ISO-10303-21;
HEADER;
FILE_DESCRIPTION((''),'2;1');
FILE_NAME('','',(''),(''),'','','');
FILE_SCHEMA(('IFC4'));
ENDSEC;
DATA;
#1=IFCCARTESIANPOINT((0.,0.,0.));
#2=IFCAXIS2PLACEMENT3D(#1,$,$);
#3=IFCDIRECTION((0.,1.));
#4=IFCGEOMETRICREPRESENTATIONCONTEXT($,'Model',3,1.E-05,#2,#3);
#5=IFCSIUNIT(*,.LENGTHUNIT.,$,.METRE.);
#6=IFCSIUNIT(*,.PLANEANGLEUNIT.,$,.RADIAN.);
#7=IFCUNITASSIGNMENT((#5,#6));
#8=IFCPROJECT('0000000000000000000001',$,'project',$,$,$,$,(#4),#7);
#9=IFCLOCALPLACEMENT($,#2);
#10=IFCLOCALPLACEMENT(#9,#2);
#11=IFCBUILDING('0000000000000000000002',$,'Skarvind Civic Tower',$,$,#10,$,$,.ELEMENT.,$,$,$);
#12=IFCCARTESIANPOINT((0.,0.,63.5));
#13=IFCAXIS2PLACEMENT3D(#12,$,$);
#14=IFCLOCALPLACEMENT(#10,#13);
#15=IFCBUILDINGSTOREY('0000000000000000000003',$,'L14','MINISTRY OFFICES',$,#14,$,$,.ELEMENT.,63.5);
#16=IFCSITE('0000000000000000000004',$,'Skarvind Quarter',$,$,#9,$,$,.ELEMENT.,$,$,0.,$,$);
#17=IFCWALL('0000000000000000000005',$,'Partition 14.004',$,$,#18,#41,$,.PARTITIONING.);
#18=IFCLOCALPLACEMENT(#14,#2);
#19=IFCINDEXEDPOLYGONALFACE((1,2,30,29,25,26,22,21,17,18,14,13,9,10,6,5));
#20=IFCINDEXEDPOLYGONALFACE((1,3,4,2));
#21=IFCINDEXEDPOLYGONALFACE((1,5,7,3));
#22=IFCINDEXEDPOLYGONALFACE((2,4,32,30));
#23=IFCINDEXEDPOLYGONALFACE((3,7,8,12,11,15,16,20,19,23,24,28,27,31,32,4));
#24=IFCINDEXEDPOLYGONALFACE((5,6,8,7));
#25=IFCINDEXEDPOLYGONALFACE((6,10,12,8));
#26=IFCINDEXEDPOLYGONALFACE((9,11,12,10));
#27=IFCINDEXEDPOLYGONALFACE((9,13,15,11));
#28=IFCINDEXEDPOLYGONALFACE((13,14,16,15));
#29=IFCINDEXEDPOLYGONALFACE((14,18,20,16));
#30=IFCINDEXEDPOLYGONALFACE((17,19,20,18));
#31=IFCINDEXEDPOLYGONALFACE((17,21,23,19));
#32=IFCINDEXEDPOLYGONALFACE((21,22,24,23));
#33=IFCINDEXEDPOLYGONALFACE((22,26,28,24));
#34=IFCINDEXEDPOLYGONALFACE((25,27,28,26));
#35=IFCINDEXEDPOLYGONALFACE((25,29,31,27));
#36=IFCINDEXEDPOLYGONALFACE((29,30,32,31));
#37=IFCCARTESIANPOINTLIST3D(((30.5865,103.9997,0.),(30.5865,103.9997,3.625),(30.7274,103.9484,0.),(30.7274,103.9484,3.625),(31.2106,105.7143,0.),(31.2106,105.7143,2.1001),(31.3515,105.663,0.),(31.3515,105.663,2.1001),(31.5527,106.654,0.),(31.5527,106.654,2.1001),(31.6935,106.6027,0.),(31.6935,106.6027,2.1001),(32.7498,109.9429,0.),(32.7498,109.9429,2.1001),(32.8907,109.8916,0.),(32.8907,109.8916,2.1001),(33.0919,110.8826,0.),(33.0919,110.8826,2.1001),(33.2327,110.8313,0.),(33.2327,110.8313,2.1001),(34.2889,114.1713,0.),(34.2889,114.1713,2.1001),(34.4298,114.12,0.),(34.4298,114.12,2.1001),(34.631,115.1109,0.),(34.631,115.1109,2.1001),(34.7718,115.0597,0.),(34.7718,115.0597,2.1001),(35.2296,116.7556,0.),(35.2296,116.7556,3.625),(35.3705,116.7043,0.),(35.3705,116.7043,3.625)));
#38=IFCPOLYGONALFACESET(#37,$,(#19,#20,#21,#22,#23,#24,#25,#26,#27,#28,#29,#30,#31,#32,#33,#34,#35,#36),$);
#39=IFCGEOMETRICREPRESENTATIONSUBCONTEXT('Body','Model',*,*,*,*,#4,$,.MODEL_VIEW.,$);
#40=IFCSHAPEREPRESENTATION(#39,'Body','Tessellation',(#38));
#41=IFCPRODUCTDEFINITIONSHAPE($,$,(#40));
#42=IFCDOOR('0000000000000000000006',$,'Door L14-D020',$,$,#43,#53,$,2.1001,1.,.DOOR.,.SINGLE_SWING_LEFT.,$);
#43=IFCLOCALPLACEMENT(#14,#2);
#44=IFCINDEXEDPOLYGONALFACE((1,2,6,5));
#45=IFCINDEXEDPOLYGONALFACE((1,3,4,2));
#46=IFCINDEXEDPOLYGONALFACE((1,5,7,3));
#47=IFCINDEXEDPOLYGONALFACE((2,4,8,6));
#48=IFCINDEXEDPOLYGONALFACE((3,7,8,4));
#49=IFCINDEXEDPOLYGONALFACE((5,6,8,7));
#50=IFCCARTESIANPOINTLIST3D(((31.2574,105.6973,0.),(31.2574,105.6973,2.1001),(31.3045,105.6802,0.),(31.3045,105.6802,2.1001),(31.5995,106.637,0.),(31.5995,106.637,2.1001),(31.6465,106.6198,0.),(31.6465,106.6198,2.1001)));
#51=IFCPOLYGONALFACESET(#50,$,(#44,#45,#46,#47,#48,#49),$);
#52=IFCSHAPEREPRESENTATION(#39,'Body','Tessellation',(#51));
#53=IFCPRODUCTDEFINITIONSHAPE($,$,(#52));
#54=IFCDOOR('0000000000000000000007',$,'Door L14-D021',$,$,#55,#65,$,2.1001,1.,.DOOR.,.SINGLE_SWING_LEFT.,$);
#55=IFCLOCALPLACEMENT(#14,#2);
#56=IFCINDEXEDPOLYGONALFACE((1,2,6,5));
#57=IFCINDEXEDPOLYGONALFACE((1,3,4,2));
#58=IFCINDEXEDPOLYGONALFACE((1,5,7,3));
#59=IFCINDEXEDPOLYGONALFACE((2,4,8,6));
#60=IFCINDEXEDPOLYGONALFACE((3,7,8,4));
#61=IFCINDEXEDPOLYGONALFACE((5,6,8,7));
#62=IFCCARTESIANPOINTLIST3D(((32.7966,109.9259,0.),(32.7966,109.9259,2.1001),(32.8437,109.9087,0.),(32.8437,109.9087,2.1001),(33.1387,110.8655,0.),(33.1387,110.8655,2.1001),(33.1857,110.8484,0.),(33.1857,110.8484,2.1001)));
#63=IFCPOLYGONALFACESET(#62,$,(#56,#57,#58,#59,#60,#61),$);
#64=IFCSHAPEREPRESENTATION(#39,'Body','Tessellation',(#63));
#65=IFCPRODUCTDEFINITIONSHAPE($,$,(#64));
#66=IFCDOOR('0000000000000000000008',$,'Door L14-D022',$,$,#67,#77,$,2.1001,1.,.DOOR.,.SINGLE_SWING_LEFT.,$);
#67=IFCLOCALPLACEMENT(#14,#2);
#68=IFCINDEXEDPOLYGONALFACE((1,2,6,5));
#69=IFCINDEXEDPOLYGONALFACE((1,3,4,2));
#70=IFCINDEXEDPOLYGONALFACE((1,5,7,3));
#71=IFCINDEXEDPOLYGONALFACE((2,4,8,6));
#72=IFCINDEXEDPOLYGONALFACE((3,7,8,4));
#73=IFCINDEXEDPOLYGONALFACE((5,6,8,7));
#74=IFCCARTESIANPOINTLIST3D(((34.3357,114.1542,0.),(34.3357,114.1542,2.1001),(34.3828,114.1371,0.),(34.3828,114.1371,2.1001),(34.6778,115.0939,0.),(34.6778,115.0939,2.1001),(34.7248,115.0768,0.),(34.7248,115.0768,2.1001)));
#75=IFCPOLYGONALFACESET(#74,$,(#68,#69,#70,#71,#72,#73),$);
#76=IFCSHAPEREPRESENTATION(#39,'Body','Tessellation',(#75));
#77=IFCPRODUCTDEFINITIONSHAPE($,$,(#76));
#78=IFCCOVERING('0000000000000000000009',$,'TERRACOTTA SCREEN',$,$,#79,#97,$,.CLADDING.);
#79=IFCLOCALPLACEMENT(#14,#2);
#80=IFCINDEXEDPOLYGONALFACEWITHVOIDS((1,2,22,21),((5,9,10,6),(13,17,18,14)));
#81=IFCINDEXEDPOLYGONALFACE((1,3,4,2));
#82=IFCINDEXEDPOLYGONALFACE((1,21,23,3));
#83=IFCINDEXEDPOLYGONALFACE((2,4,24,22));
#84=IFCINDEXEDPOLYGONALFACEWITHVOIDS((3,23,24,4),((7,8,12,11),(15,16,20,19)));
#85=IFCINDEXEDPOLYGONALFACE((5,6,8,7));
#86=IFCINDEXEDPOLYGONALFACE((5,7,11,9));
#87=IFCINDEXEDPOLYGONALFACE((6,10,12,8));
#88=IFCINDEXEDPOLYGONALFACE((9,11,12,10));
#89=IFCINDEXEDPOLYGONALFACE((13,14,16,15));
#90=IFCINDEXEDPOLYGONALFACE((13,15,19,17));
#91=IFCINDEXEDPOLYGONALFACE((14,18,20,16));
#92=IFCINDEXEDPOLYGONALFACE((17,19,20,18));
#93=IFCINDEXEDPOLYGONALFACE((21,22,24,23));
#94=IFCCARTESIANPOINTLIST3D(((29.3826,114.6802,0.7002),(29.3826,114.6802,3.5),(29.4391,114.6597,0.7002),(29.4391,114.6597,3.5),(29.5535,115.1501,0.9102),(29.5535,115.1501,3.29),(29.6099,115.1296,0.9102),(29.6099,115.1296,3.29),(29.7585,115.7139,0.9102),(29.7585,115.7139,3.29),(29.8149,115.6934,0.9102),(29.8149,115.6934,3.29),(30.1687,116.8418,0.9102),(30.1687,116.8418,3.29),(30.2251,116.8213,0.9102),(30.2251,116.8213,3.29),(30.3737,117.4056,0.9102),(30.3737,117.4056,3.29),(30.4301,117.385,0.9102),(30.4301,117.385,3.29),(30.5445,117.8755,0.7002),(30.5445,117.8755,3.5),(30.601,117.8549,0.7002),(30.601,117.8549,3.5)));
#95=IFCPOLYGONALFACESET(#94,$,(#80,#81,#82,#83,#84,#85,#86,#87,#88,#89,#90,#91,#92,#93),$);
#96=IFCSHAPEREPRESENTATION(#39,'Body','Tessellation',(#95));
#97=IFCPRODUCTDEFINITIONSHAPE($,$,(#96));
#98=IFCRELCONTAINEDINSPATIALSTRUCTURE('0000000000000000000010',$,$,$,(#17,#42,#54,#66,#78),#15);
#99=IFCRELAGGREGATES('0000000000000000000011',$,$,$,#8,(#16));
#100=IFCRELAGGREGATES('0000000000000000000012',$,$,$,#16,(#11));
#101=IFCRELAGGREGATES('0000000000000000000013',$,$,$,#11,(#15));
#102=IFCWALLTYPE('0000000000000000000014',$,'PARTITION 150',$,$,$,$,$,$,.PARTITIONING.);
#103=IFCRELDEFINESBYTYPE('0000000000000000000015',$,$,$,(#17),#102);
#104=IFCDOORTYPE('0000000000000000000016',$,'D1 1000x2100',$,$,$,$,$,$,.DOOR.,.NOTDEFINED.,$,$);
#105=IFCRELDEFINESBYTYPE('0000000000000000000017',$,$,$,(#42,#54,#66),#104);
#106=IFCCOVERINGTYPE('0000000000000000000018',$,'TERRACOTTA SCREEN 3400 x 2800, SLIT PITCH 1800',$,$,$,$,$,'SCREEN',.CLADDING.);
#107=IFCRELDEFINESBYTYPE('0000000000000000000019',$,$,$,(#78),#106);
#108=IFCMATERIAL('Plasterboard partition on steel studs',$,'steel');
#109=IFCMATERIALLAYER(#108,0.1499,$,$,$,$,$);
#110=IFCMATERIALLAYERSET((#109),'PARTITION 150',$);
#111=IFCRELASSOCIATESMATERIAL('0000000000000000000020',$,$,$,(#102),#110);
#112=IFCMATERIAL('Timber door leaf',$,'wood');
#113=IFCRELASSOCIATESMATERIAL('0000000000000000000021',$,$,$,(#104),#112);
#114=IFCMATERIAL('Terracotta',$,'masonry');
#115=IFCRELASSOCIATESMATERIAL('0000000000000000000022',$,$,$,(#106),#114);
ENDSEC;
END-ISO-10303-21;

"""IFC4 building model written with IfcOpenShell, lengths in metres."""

from ifc_helpers import new_model, si_unit, direction, frame, frame_2d, origin, place, context, subcontext, project, spatial, polyline, rectangle, outline, extrude, material, layer, layer_set, material_profile, profile_set, type_object, element, fill, save


model = new_model("IFC4")

# Units and contexts
model_context = context("Model", 3, precision=1e-05, world=origin(), true_north=direction((0.0, 1.0)))
body_context = subcontext(model_context, "Body", "Model", "MODEL_VIEW")
ifc_project = project(units=[si_unit("LENGTHUNIT", "METRE"), si_unit("PLANEANGLEUNIT", "RADIAN")], contexts=[model_context])

# Site, building, storey
site_placement = place(None, origin())
site = spatial("IfcSite", under=ifc_project, at=site_placement, Name="Skarvind Quarter", CompositionType="ELEMENT", RefElevation=0.0)
building_placement = place(site_placement, origin())
building = spatial("IfcBuilding", under=site, at=building_placement, Name="Skarvind Civic Tower", CompositionType="ELEMENT")
storey_placement = place(building_placement, frame((0.0, 0.0, 63.5)))
storey = spatial("IfcBuildingStorey", under=building, at=storey_placement, Name="L14", Description="MINISTRY OFFICES", CompositionType="ELEMENT", Elevation=63.5)

# Shared definitions
ifc_material_1 = material(Name="Timber door leaf", Category="wood")

# Shared definitions
ifc_material_2 = material(Name="Plasterboard partition on steel studs", Category="steel")
ifc_layer_1 = layer(ifc_material_2, 0.1499)
ifc_layer_set_1 = layer_set([ifc_layer_1], Name="PARTITION 150")
wall_type_1 = type_object("IfcWallType", Name="PARTITION 150", PredefinedType="PARTITIONING", material=ifc_layer_set_1)

# Wall, openings, doors
wall_1_placement = place(storey_placement, frame((35.3, 116.73, 0.0), z_axis=(0.0, 0.0, 1.0), x_axis=(-0.342041, -0.939685, 0.0)))
wall_1 = element("IfcWall", 1, at=wall_1_placement, inside=storey, type_object=wall_type_1, Name="Partition 14.004", PredefinedType="PARTITIONING", context=body_context, shape_type="SweptSolid", body=[
    extrude(rectangle(XDim=13.5747, YDim=0.1499, at=frame_2d((6.7874, 0.0))), origin(), (0.0, 0.0, 1.0), 3.625),
])
opening_1_placement = place(wall_1_placement, frame((10.75, 0.0, 0.0)))
opening_1 = element("IfcOpeningElement", 2, at=opening_1_placement, cuts=wall_1, PredefinedType="OPENING", context=body_context, shape_type="SweptSolid", body=[
    extrude(rectangle(XDim=1.0, YDim=2.1001, at=frame_2d((0.5, 1.05))), frame((0.0, 0.085, 0.0), z_axis=(0.0, -1.0, 0.0), x_axis=(1.0, 0.0, 0.0)), (0.0, 0.0, 1.0), 0.1699),
])
opening_2_placement = place(wall_1_placement, frame((6.25, 0.0, 0.0)))
opening_2 = element("IfcOpeningElement", 3, at=opening_2_placement, cuts=wall_1, PredefinedType="OPENING", context=body_context, shape_type="SweptSolid", body=[
    extrude(rectangle(XDim=1.0, YDim=2.1001, at=frame_2d((0.5, 1.05))), frame((0.0, 0.085, 0.0), z_axis=(0.0, -1.0, 0.0), x_axis=(1.0, 0.0, 0.0)), (0.0, 0.0, 1.0), 0.1699),
])
opening_3_placement = place(wall_1_placement, frame((1.7502, 0.0, 0.0)))
opening_3 = element("IfcOpeningElement", 4, at=opening_3_placement, cuts=wall_1, PredefinedType="OPENING", context=body_context, shape_type="SweptSolid", body=[
    extrude(rectangle(XDim=1.0, YDim=2.1001, at=frame_2d((0.5, 1.05))), frame((0.0, 0.085, 0.0), z_axis=(0.0, -1.0, 0.0), x_axis=(1.0, 0.0, 0.0)), (0.0, 0.0, 1.0), 0.1699),
])
door_type_1 = type_object("IfcDoorType", Name="D1 1000x2100", OperationType="NOTDEFINED", PredefinedType="DOOR", material=ifc_material_1)
door_1_placement = place(opening_1_placement, origin())
door_1 = element("IfcDoor", 5, at=door_1_placement, inside=storey, type_object=door_type_1, Name="Door L14-D020", OperationType="SINGLE_SWING_LEFT", OverallHeight=2.1001, OverallWidth=1.0, PredefinedType="DOOR", context=body_context, shape_type="SweptSolid", body=[
    extrude(rectangle(XDim=1.0, YDim=2.1001, at=frame_2d((0.5, 1.05))), frame((0.0, 0.0249, 0.0), z_axis=(0.0, -1.0, 0.0), x_axis=(1.0, 0.0, 0.0)), (0.0, 0.0, 1.0), 0.05),
])
fill(opening_1, door_1)
door_2_placement = place(opening_2_placement, origin())
door_2 = element("IfcDoor", 6, at=door_2_placement, inside=storey, type_object=door_type_1, Name="Door L14-D021", OperationType="SINGLE_SWING_LEFT", OverallHeight=2.1001, OverallWidth=1.0, PredefinedType="DOOR", context=body_context, shape_type="SweptSolid", body=[
    extrude(rectangle(XDim=1.0, YDim=2.1001, at=frame_2d((0.5, 1.05))), frame((0.0, 0.0249, 0.0), z_axis=(0.0, -1.0, 0.0), x_axis=(1.0, 0.0, 0.0)), (0.0, 0.0, 1.0), 0.05),
])
fill(opening_2, door_2)
door_3_placement = place(opening_3_placement, origin())
door_3 = element("IfcDoor", 7, at=door_3_placement, inside=storey, type_object=door_type_1, Name="Door L14-D022", OperationType="SINGLE_SWING_LEFT", OverallHeight=2.1001, OverallWidth=1.0, PredefinedType="DOOR", context=body_context, shape_type="SweptSolid", body=[
    extrude(rectangle(XDim=1.0, YDim=2.1001, at=frame_2d((0.5, 1.05))), frame((0.0, 0.0249, 0.0), z_axis=(0.0, -1.0, 0.0), x_axis=(1.0, 0.0, 0.0)), (0.0, 0.0, 1.0), 0.05),
])
fill(opening_3, door_3)

# Covering
ifc_material_3 = material(Name="Terracotta", Category="masonry")
ifc_material_profile_1 = material_profile(ifc_material_3, outline(polyline([(-1.7, -1.3999), (1.7, -1.3999), (1.7, 1.3999), (-1.7, 1.3999), (-1.7, -1.3999)]), holes=[polyline([(-1.2, -1.1899), (-0.6001, -1.1899), (-0.6001, 1.1899), (-1.2, 1.1899), (-1.2, -1.1899)]), polyline([(0.6001, -1.1899), (1.2, -1.1899), (1.2, 1.1899), (0.6001, 1.1899), (0.6001, -1.1899)])]), Name="TERRACOTTA SCREEN 3400 x 2800, SLIT PITCH 1800")
ifc_profile_set_1 = profile_set([ifc_material_profile_1], Name="Terracotta")
covering_type = type_object("IfcCoveringType", Name="TERRACOTTA SCREEN 3400 x 2800, SLIT PITCH 1800", ElementType="SCREEN", PredefinedType="CLADDING", material=ifc_profile_set_1)
covering_placement = place(storey_placement, frame((30.02, 116.2573, 2.1001), z_axis=(-0.939793, 0.341743, 0.0), x_axis=(-0.341743, -0.939793, 0.0)))
element("IfcCovering", 8, at=covering_placement, inside=storey, type_object=covering_type, Name="TERRACOTTA SCREEN", PredefinedType="CLADDING", context=body_context, shape_type="SweptSolid", body=[
    extrude(outline(polyline([(-1.7, -1.3999), (1.7, -1.3999), (1.7, 1.3999), (-1.7, 1.3999), (-1.7, -1.3999)]), holes=[polyline([(-1.2, -1.1899), (-0.6001, -1.1899), (-0.6001, 1.1899), (-1.2, 1.1899), (-1.2, -1.1899)]), polyline([(0.6001, -1.1899), (1.2, -1.1899), (1.2, 1.1899), (0.6001, 1.1899), (0.6001, -1.1899)])]), origin(), (0.0, 0.0, 1.0), 0.0601),
])

save(model, "model.ifc")
